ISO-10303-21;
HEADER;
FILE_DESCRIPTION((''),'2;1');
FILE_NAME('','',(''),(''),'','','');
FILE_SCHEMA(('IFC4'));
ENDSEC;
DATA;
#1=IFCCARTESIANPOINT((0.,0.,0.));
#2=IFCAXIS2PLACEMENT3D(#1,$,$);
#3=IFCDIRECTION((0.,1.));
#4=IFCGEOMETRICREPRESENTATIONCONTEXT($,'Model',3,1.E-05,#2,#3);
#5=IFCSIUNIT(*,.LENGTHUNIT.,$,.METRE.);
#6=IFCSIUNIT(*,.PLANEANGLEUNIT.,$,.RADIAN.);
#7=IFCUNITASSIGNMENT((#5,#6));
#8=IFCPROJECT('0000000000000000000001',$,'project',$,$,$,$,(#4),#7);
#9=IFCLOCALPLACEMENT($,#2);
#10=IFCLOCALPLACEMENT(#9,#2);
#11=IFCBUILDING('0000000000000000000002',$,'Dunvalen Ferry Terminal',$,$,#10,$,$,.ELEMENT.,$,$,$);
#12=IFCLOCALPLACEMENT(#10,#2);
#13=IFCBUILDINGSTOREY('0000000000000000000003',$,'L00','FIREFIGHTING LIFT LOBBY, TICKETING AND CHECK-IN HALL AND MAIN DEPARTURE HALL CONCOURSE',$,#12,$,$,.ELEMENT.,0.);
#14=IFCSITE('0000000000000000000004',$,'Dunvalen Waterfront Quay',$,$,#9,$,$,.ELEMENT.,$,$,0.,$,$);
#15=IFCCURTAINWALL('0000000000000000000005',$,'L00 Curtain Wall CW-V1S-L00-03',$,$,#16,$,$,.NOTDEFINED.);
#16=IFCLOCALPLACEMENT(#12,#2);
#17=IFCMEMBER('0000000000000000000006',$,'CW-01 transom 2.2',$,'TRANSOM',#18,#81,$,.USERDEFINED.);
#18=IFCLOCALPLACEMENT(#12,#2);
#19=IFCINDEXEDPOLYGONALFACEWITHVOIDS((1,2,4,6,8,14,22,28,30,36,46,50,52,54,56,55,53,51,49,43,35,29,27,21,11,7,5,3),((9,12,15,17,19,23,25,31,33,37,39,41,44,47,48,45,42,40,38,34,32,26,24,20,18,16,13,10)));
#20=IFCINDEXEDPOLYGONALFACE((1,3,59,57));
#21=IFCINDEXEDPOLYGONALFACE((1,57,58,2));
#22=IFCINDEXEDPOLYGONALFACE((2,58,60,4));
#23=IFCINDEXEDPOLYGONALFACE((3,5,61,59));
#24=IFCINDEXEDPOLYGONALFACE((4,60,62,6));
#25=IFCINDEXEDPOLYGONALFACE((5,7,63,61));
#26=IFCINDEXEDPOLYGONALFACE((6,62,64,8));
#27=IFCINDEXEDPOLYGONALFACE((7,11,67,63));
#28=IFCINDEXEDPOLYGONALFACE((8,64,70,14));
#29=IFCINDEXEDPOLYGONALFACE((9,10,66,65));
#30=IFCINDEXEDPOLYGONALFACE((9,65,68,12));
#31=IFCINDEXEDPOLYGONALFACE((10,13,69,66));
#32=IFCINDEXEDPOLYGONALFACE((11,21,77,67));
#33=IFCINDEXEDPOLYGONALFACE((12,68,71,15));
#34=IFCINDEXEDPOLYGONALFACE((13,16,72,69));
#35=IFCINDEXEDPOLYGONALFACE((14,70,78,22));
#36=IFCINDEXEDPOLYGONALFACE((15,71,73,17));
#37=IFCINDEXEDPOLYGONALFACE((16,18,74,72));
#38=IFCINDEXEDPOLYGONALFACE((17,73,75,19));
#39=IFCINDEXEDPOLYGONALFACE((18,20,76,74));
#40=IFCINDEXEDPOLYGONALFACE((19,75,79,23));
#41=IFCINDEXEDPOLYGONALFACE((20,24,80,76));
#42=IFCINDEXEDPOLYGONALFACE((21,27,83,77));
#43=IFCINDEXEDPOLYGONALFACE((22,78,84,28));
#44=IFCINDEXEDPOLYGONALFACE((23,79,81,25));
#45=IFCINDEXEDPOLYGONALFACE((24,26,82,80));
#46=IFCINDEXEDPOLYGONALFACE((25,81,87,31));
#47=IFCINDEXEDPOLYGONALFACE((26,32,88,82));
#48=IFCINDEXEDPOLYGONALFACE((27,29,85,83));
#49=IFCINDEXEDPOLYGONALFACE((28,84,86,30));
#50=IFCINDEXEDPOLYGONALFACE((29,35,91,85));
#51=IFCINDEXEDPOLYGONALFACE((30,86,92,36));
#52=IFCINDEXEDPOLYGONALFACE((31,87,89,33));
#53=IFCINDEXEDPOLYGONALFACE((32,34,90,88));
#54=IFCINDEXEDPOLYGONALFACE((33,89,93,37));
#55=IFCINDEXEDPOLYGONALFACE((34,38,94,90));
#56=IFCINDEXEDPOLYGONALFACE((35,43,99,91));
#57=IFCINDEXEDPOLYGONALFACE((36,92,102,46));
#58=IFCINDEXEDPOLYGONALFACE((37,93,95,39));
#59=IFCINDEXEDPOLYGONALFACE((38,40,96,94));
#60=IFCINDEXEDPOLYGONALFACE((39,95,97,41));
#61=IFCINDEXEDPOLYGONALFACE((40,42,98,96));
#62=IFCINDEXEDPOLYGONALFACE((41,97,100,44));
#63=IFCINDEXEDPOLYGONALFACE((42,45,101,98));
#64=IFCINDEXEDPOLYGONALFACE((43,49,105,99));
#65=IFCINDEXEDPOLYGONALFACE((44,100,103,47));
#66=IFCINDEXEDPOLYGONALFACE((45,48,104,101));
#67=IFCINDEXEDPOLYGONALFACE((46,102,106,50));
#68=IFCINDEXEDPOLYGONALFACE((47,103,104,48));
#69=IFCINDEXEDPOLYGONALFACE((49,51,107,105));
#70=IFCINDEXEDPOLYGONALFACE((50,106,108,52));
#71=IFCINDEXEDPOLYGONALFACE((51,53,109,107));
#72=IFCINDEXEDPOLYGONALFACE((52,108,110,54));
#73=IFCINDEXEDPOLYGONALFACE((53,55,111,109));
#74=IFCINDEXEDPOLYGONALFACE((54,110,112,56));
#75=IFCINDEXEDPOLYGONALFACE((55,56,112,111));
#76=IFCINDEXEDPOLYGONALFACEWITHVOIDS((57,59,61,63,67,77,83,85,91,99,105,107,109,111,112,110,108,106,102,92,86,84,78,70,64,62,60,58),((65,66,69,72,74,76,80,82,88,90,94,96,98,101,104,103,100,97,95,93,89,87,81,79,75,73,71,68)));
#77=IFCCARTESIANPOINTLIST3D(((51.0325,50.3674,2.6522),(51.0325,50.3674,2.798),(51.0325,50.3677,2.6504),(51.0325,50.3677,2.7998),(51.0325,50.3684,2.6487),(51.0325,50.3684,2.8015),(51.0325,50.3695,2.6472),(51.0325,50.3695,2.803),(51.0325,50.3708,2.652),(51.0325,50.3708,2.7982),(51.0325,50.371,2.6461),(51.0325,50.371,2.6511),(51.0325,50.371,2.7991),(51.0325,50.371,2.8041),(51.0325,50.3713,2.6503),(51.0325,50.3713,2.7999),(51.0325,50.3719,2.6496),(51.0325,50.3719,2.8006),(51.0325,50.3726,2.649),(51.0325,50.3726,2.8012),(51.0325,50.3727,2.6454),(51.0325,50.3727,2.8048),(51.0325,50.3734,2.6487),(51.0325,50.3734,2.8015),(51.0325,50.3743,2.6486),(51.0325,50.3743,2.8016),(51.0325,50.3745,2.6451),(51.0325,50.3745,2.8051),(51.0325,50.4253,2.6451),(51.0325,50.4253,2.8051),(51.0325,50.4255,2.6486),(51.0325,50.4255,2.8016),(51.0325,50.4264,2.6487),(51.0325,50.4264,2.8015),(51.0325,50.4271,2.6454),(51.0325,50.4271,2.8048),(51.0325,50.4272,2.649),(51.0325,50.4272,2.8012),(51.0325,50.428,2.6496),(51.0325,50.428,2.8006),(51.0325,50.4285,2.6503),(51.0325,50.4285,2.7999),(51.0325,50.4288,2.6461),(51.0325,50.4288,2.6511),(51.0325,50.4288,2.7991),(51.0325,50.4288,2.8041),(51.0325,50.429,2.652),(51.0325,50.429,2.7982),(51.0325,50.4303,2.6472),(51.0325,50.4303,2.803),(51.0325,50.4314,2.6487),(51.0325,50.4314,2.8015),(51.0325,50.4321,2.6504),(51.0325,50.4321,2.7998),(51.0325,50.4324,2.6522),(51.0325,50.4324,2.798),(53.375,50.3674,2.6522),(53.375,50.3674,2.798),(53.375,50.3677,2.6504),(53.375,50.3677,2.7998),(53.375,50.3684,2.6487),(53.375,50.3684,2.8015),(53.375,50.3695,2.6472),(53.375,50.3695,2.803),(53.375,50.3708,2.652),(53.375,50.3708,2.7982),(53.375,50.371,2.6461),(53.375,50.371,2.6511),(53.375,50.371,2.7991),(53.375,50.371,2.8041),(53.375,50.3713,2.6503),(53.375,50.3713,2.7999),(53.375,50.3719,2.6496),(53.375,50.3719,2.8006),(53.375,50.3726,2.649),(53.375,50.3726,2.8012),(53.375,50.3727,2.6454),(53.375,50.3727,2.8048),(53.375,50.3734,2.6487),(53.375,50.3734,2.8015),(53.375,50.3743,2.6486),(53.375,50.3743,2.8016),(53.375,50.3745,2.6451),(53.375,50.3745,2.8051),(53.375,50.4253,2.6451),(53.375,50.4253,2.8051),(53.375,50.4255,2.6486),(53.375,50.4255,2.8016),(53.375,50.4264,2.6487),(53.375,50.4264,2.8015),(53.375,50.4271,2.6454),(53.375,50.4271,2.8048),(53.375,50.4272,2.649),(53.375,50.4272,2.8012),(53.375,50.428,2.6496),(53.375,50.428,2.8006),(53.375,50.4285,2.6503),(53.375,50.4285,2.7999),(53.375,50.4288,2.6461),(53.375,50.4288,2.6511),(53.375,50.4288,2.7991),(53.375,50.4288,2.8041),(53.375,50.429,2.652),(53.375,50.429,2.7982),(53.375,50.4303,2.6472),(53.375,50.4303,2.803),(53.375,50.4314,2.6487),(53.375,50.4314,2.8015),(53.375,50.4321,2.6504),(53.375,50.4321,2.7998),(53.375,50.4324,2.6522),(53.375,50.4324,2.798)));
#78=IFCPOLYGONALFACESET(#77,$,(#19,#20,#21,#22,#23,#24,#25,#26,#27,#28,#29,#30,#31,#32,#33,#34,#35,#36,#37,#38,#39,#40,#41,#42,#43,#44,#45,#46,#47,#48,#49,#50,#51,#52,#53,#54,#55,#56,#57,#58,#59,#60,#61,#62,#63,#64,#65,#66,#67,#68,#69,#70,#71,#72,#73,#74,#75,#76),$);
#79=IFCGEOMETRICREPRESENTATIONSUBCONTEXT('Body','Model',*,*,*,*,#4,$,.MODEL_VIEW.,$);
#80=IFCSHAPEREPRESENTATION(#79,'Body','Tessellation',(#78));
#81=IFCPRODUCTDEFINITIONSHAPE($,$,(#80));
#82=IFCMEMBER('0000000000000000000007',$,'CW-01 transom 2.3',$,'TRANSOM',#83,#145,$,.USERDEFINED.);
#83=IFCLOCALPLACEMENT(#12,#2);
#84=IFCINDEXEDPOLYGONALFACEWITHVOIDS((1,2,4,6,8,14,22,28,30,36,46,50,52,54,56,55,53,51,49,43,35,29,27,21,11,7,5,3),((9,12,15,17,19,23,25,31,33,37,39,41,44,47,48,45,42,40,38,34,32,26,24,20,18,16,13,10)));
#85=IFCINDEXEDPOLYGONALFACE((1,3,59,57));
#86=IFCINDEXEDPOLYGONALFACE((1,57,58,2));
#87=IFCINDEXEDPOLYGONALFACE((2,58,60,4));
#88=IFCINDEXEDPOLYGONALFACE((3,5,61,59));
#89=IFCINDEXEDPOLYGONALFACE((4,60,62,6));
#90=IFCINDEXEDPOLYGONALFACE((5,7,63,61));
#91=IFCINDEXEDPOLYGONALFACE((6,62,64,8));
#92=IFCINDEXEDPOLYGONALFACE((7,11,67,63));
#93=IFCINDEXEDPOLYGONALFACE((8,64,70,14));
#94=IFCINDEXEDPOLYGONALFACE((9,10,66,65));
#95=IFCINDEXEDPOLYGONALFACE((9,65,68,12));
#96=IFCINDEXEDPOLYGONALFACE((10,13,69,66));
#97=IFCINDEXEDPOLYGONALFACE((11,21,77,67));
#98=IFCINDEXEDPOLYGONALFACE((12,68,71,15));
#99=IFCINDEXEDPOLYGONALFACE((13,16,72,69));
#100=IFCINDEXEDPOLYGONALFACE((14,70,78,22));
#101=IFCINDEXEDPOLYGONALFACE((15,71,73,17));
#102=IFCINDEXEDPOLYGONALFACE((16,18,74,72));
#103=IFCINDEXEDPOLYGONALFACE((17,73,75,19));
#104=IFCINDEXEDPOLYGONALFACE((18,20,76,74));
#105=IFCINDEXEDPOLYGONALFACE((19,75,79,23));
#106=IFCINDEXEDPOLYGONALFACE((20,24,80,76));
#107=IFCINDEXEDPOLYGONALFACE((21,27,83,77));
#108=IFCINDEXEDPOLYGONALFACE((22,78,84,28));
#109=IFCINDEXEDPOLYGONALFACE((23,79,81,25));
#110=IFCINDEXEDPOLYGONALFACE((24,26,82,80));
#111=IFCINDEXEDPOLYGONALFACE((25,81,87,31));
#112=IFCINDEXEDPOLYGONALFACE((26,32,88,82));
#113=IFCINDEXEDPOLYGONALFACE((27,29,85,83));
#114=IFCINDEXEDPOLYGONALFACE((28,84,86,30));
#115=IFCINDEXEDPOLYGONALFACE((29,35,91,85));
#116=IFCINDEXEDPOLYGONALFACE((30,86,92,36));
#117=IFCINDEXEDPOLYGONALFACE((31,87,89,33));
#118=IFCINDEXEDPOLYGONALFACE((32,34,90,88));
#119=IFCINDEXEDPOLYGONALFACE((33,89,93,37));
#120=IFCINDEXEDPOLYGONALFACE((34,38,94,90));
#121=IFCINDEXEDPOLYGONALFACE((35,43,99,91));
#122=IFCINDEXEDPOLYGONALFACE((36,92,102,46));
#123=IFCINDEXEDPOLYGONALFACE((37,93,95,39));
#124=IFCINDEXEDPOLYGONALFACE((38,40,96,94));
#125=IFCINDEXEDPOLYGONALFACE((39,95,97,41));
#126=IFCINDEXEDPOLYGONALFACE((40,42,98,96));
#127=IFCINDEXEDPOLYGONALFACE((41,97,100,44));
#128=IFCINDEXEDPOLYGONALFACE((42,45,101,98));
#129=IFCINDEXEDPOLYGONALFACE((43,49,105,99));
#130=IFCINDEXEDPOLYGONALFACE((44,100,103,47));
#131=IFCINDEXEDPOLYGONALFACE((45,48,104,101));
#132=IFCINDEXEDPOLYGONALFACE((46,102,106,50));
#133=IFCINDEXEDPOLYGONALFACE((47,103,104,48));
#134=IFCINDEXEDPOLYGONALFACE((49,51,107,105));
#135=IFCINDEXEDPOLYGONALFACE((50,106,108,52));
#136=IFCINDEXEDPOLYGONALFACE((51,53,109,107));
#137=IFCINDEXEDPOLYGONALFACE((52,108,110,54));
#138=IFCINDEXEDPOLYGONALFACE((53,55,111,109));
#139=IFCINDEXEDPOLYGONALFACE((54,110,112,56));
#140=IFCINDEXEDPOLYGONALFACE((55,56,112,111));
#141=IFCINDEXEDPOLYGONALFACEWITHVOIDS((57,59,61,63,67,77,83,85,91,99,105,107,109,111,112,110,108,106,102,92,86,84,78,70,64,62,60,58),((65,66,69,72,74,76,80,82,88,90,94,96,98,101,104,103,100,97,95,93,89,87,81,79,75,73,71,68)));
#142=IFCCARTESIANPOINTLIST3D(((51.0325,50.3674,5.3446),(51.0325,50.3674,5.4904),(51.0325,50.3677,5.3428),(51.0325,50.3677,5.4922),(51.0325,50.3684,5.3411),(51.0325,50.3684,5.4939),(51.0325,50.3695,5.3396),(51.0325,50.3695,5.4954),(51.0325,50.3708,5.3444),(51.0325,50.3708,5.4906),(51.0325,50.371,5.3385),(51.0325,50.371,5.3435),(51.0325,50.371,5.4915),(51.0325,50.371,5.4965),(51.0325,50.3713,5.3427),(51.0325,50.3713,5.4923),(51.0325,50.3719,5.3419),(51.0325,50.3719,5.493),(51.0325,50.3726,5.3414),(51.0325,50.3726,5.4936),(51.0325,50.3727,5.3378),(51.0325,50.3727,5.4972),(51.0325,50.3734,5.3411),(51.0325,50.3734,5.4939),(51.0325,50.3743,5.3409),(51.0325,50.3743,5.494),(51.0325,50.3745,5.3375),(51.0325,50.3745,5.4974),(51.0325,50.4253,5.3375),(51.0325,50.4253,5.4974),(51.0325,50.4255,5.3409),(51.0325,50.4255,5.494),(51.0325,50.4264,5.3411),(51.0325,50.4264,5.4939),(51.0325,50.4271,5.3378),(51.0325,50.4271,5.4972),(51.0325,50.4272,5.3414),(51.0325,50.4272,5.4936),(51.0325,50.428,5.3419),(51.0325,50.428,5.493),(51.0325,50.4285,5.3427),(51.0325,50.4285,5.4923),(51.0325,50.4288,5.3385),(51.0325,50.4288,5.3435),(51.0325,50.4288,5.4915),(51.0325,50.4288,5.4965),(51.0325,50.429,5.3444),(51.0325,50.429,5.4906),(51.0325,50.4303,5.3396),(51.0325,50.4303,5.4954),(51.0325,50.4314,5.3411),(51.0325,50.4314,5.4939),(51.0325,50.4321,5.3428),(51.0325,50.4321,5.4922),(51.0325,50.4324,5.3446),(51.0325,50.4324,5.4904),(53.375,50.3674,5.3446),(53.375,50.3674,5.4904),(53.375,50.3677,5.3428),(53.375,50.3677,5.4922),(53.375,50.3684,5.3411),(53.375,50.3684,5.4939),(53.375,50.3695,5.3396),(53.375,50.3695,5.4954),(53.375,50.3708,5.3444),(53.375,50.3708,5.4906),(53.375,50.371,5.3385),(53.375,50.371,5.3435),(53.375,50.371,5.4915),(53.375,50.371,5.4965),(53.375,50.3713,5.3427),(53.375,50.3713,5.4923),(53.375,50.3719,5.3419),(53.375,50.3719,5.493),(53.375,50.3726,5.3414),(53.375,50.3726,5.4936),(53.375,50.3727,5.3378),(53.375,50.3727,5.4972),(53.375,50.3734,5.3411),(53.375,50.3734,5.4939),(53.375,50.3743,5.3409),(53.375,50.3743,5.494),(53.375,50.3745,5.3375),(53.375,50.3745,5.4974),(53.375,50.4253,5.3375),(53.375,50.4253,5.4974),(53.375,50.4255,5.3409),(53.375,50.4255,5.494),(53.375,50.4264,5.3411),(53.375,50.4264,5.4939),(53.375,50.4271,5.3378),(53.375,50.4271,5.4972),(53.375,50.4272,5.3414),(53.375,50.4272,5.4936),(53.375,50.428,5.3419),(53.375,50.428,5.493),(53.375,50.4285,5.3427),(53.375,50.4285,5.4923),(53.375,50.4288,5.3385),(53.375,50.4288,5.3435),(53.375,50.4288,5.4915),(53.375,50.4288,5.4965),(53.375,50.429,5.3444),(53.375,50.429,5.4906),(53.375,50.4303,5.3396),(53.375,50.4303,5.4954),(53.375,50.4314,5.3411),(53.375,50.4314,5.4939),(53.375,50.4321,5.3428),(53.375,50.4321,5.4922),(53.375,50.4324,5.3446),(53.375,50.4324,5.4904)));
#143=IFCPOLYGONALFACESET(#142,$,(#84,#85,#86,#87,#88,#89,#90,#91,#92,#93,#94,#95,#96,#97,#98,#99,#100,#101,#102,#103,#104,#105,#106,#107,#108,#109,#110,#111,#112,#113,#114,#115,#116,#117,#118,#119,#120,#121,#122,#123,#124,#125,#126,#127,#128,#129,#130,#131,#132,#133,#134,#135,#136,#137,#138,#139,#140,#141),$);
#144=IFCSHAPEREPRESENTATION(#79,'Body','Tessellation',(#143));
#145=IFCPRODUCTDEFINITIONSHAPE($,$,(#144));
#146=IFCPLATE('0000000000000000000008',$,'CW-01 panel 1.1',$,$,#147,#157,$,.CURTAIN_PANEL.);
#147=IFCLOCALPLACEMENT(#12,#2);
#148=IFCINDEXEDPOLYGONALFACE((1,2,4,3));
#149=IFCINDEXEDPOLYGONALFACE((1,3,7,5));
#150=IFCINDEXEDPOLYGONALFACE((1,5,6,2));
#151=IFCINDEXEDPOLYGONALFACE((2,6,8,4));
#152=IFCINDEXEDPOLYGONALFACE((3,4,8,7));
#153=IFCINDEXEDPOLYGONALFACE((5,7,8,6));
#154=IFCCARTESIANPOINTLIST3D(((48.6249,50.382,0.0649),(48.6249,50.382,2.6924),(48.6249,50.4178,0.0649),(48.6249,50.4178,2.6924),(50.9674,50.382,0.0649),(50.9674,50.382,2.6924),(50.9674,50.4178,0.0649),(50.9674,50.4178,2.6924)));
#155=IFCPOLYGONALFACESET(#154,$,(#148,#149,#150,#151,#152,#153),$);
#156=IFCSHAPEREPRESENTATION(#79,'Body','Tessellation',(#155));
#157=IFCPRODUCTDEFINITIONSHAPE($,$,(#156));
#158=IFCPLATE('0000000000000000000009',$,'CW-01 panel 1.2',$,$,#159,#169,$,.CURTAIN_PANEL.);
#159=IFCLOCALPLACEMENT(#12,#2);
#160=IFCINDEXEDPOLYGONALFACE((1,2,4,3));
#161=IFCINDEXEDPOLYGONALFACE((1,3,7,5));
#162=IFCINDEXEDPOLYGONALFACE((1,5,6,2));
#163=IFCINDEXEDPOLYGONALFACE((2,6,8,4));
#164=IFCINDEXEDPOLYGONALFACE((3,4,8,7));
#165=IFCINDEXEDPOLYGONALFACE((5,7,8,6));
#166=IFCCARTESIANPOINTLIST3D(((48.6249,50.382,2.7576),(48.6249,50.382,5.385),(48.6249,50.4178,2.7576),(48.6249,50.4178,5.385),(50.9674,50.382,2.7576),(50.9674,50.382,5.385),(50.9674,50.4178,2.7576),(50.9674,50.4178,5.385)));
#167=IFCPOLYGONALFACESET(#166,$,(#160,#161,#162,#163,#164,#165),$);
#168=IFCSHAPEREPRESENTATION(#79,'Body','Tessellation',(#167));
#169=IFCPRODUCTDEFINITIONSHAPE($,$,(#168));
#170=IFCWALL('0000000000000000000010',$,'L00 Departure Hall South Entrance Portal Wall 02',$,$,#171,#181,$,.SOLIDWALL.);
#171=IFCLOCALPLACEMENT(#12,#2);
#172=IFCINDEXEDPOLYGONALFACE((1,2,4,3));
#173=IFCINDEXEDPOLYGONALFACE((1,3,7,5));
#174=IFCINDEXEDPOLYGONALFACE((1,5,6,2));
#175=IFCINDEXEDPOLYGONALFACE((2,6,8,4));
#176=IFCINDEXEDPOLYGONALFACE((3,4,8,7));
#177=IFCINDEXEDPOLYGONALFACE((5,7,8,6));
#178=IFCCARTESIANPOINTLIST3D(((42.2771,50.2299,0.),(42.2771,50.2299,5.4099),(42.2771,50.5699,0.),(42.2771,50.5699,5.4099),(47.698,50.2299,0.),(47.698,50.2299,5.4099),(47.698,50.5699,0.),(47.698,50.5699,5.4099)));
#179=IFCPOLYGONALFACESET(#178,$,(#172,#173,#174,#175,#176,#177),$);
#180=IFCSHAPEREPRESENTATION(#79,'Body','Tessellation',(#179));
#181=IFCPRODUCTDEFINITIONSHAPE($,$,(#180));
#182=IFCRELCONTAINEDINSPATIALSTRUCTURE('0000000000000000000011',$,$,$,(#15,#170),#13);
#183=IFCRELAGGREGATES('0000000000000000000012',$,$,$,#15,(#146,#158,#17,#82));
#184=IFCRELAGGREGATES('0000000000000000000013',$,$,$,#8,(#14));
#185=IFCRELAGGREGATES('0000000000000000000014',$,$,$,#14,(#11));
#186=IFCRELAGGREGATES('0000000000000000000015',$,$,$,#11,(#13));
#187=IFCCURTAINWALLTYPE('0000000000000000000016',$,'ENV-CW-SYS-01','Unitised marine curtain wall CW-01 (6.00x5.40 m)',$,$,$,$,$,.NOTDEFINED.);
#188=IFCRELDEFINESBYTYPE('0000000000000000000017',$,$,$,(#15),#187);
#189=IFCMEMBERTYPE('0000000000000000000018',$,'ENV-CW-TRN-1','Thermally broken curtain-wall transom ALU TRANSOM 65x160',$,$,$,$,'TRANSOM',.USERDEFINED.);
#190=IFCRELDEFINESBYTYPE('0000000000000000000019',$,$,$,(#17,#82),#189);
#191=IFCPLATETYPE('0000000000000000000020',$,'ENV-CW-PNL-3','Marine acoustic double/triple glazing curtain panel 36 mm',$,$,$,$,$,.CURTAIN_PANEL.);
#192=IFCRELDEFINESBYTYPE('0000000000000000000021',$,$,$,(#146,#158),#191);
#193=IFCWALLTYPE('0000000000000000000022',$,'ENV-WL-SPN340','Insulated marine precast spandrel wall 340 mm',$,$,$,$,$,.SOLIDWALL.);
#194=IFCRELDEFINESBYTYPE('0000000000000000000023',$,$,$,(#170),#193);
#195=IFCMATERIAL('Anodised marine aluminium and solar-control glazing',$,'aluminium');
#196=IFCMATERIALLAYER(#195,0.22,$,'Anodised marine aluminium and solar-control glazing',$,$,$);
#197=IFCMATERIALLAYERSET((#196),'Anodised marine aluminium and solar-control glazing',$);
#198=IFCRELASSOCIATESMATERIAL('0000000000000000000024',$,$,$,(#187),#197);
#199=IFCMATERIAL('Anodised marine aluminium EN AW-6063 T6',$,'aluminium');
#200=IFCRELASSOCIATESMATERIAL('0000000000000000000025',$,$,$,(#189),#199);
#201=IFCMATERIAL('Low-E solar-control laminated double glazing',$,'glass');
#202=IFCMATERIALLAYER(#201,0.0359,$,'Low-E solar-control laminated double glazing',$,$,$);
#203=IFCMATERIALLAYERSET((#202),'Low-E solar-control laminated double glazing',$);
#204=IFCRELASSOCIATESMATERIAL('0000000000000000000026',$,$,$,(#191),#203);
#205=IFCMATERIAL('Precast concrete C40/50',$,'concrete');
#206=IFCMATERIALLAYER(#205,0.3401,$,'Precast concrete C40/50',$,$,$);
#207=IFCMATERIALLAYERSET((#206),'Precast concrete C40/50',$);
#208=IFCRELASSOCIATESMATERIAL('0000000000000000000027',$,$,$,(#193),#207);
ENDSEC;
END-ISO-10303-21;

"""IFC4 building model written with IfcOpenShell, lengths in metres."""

from ifc_helpers import new_model, si_unit, direction, frame, frame_2d, origin, origin_2d, place, context, subcontext, project, spatial, rectangle, hollow_rectangle, extrude, material, layer, layer_set, material_profile, profile_set, type_object, element, aggregate, save


model = new_model("IFC4")

# Units and contexts
model_context = context("Model", 3, precision=1e-05, world=origin(), true_north=direction((0.0, 1.0)))
body_context = subcontext(model_context, "Body", "Model", "MODEL_VIEW")
ifc_project = project(units=[si_unit("LENGTHUNIT", "METRE"), si_unit("PLANEANGLEUNIT", "RADIAN")], contexts=[model_context])

# Site, building, storey
site_placement = place(None, origin())
site = spatial("IfcSite", under=ifc_project, at=site_placement, Name="Dunvalen Waterfront Quay", CompositionType="ELEMENT", RefElevation=0.0)
building_placement = place(site_placement, origin())
building = spatial("IfcBuilding", under=site, at=building_placement, Name="Dunvalen Ferry Terminal", CompositionType="ELEMENT")
storey_placement = place(building_placement, origin())
storey = spatial("IfcBuildingStorey", under=building, at=storey_placement, Name="L00", Description="FIREFIGHTING LIFT LOBBY, TICKETING AND CHECK-IN HALL AND MAIN DEPARTURE HALL CONCOURSE", CompositionType="ELEMENT", Elevation=0.0)

# Shared definitions
ifc_material_1 = material(Name="Anodised marine aluminium and solar-control glazing", Category="aluminium")
ifc_layer_1 = layer(ifc_material_1, 0.22, Name="Anodised marine aluminium and solar-control glazing")
ifc_layer_set_1 = layer_set([ifc_layer_1], Name="Anodised marine aluminium and solar-control glazing")
curtain_wall_type = type_object("IfcCurtainWallType", Name="ENV-CW-SYS-01", Description="Unitised marine curtain wall CW-01 (6.00x5.40 m)", PredefinedType="NOTDEFINED", material=ifc_layer_set_1)
ifc_material_2 = material(Name="Anodised marine aluminium EN AW-6063 T6", Category="aluminium")

# Curtain wall, members, plates
curtain_wall_1_placement = place(storey_placement, origin())
curtain_wall_1 = element("IfcCurtainWall", 1, at=curtain_wall_1_placement, inside=storey, type_object=curtain_wall_type, Name="L00 Curtain Wall CW-V1S-L00-03", PredefinedType="NOTDEFINED")
ifc_material_profile_1 = material_profile(ifc_material_2, hollow_rectangle(XDim=0.0649, YDim=0.1599, WallThickness=0.0034, InnerFilletRadius=0.0034, OuterFilletRadius=0.0071, at=origin_2d()), Name="Anodised marine aluminium EN AW-6063 T6")
ifc_profile_set_1 = profile_set([ifc_material_profile_1], Name="Anodised marine aluminium EN AW-6063 T6")
member_type_1 = type_object("IfcMemberType", Name="ENV-CW-TRN-1", Description="Thermally broken curtain-wall transom ALU TRANSOM 65x160", ElementType="TRANSOM", PredefinedType="USERDEFINED", material=ifc_profile_set_1)
member_1_placement = place(storey_placement, frame((51.0325, 50.3999, 2.7251), z_axis=(1.0, 0.0, 0.0), x_axis=(0.0, 1.0, 0.0)))
member_1 = element("IfcMember", 2, at=member_1_placement, type_object=member_type_1, Name="CW-01 transom 2.2", ObjectType="TRANSOM", PredefinedType="USERDEFINED", context=body_context, shape_type="SweptSolid", body=[
    extrude(hollow_rectangle(XDim=0.0649, YDim=0.1599, WallThickness=0.0034, InnerFilletRadius=0.0034, OuterFilletRadius=0.0071, at=origin_2d()), origin(), (0.0, 0.0, 1.0), 2.3425),
])
member_2_placement = place(storey_placement, frame((51.0325, 50.3999, 5.4175), z_axis=(1.0, 0.0, 0.0), x_axis=(0.0, 1.0, 0.0)))
member_2 = element("IfcMember", 3, at=member_2_placement, type_object=member_type_1, Name="CW-01 transom 2.3", ObjectType="TRANSOM", PredefinedType="USERDEFINED", context=body_context, shape_type="SweptSolid", body=[
    extrude(hollow_rectangle(XDim=0.0649, YDim=0.1599, WallThickness=0.0034, InnerFilletRadius=0.0034, OuterFilletRadius=0.0071, at=origin_2d()), origin(), (0.0, 0.0, 1.0), 2.3425),
])
ifc_material_3 = material(Name="Low-E solar-control laminated double glazing", Category="glass")
ifc_layer_2 = layer(ifc_material_3, 0.0359, Name="Low-E solar-control laminated double glazing")
ifc_layer_set_2 = layer_set([ifc_layer_2], Name="Low-E solar-control laminated double glazing")
plate_type = type_object("IfcPlateType", Name="ENV-CW-PNL-3", Description="Marine acoustic double/triple glazing curtain panel 36 mm", PredefinedType="CURTAIN_PANEL", material=ifc_layer_set_2)
plate_1_placement = place(storey_placement, frame((49.7961, 50.3999, 0.0649), z_axis=(0.0, 0.0, 1.0), x_axis=(1.0, 0.0, 0.0)))
plate_1 = element("IfcPlate", 4, at=plate_1_placement, type_object=plate_type, Name="CW-01 panel 1.1", PredefinedType="CURTAIN_PANEL", context=body_context, shape_type="SweptSolid", body=[
    extrude(rectangle(XDim=2.3425, YDim=0.0359, at=origin_2d()), origin(), (0.0, 0.0, 1.0), 2.6274),
])
plate_2_placement = place(storey_placement, frame((49.7961, 50.3999, 2.7576), z_axis=(0.0, 0.0, 1.0), x_axis=(1.0, 0.0, 0.0)))
plate_2 = element("IfcPlate", 5, at=plate_2_placement, type_object=plate_type, Name="CW-01 panel 1.2", PredefinedType="CURTAIN_PANEL", context=body_context, shape_type="SweptSolid", body=[
    extrude(rectangle(XDim=2.3425, YDim=0.0359, at=origin_2d()), origin(), (0.0, 0.0, 1.0), 2.6274),
])
aggregate(curtain_wall_1, [plate_1, plate_2, member_1, member_2])

# Wall
ifc_material_4 = material(Name="Precast concrete C40/50", Category="concrete")
ifc_layer_3 = layer(ifc_material_4, 0.3401, Name="Precast concrete C40/50")
ifc_layer_set_3 = layer_set([ifc_layer_3], Name="Precast concrete C40/50")
wall_type = type_object("IfcWallType", Name="ENV-WL-SPN340", Description="Insulated marine precast spandrel wall 340 mm", PredefinedType="SOLIDWALL", material=ifc_layer_set_3)
wall_placement = place(storey_placement, frame((42.2771, 50.3999, 0.0), z_axis=(0.0, 0.0, 1.0), x_axis=(1.0, 0.0, 0.0)))
element("IfcWall", 6, at=wall_placement, inside=storey, type_object=wall_type, Name="L00 Departure Hall South Entrance Portal Wall 02", PredefinedType="SOLIDWALL", context=body_context, shape_type="SweptSolid", body=[
    extrude(rectangle(XDim=5.4209, YDim=0.3401, at=frame_2d((2.7104, 0.0))), origin(), (0.0, 0.0, 1.0), 5.4099),
])

save(model, "model.ifc")
